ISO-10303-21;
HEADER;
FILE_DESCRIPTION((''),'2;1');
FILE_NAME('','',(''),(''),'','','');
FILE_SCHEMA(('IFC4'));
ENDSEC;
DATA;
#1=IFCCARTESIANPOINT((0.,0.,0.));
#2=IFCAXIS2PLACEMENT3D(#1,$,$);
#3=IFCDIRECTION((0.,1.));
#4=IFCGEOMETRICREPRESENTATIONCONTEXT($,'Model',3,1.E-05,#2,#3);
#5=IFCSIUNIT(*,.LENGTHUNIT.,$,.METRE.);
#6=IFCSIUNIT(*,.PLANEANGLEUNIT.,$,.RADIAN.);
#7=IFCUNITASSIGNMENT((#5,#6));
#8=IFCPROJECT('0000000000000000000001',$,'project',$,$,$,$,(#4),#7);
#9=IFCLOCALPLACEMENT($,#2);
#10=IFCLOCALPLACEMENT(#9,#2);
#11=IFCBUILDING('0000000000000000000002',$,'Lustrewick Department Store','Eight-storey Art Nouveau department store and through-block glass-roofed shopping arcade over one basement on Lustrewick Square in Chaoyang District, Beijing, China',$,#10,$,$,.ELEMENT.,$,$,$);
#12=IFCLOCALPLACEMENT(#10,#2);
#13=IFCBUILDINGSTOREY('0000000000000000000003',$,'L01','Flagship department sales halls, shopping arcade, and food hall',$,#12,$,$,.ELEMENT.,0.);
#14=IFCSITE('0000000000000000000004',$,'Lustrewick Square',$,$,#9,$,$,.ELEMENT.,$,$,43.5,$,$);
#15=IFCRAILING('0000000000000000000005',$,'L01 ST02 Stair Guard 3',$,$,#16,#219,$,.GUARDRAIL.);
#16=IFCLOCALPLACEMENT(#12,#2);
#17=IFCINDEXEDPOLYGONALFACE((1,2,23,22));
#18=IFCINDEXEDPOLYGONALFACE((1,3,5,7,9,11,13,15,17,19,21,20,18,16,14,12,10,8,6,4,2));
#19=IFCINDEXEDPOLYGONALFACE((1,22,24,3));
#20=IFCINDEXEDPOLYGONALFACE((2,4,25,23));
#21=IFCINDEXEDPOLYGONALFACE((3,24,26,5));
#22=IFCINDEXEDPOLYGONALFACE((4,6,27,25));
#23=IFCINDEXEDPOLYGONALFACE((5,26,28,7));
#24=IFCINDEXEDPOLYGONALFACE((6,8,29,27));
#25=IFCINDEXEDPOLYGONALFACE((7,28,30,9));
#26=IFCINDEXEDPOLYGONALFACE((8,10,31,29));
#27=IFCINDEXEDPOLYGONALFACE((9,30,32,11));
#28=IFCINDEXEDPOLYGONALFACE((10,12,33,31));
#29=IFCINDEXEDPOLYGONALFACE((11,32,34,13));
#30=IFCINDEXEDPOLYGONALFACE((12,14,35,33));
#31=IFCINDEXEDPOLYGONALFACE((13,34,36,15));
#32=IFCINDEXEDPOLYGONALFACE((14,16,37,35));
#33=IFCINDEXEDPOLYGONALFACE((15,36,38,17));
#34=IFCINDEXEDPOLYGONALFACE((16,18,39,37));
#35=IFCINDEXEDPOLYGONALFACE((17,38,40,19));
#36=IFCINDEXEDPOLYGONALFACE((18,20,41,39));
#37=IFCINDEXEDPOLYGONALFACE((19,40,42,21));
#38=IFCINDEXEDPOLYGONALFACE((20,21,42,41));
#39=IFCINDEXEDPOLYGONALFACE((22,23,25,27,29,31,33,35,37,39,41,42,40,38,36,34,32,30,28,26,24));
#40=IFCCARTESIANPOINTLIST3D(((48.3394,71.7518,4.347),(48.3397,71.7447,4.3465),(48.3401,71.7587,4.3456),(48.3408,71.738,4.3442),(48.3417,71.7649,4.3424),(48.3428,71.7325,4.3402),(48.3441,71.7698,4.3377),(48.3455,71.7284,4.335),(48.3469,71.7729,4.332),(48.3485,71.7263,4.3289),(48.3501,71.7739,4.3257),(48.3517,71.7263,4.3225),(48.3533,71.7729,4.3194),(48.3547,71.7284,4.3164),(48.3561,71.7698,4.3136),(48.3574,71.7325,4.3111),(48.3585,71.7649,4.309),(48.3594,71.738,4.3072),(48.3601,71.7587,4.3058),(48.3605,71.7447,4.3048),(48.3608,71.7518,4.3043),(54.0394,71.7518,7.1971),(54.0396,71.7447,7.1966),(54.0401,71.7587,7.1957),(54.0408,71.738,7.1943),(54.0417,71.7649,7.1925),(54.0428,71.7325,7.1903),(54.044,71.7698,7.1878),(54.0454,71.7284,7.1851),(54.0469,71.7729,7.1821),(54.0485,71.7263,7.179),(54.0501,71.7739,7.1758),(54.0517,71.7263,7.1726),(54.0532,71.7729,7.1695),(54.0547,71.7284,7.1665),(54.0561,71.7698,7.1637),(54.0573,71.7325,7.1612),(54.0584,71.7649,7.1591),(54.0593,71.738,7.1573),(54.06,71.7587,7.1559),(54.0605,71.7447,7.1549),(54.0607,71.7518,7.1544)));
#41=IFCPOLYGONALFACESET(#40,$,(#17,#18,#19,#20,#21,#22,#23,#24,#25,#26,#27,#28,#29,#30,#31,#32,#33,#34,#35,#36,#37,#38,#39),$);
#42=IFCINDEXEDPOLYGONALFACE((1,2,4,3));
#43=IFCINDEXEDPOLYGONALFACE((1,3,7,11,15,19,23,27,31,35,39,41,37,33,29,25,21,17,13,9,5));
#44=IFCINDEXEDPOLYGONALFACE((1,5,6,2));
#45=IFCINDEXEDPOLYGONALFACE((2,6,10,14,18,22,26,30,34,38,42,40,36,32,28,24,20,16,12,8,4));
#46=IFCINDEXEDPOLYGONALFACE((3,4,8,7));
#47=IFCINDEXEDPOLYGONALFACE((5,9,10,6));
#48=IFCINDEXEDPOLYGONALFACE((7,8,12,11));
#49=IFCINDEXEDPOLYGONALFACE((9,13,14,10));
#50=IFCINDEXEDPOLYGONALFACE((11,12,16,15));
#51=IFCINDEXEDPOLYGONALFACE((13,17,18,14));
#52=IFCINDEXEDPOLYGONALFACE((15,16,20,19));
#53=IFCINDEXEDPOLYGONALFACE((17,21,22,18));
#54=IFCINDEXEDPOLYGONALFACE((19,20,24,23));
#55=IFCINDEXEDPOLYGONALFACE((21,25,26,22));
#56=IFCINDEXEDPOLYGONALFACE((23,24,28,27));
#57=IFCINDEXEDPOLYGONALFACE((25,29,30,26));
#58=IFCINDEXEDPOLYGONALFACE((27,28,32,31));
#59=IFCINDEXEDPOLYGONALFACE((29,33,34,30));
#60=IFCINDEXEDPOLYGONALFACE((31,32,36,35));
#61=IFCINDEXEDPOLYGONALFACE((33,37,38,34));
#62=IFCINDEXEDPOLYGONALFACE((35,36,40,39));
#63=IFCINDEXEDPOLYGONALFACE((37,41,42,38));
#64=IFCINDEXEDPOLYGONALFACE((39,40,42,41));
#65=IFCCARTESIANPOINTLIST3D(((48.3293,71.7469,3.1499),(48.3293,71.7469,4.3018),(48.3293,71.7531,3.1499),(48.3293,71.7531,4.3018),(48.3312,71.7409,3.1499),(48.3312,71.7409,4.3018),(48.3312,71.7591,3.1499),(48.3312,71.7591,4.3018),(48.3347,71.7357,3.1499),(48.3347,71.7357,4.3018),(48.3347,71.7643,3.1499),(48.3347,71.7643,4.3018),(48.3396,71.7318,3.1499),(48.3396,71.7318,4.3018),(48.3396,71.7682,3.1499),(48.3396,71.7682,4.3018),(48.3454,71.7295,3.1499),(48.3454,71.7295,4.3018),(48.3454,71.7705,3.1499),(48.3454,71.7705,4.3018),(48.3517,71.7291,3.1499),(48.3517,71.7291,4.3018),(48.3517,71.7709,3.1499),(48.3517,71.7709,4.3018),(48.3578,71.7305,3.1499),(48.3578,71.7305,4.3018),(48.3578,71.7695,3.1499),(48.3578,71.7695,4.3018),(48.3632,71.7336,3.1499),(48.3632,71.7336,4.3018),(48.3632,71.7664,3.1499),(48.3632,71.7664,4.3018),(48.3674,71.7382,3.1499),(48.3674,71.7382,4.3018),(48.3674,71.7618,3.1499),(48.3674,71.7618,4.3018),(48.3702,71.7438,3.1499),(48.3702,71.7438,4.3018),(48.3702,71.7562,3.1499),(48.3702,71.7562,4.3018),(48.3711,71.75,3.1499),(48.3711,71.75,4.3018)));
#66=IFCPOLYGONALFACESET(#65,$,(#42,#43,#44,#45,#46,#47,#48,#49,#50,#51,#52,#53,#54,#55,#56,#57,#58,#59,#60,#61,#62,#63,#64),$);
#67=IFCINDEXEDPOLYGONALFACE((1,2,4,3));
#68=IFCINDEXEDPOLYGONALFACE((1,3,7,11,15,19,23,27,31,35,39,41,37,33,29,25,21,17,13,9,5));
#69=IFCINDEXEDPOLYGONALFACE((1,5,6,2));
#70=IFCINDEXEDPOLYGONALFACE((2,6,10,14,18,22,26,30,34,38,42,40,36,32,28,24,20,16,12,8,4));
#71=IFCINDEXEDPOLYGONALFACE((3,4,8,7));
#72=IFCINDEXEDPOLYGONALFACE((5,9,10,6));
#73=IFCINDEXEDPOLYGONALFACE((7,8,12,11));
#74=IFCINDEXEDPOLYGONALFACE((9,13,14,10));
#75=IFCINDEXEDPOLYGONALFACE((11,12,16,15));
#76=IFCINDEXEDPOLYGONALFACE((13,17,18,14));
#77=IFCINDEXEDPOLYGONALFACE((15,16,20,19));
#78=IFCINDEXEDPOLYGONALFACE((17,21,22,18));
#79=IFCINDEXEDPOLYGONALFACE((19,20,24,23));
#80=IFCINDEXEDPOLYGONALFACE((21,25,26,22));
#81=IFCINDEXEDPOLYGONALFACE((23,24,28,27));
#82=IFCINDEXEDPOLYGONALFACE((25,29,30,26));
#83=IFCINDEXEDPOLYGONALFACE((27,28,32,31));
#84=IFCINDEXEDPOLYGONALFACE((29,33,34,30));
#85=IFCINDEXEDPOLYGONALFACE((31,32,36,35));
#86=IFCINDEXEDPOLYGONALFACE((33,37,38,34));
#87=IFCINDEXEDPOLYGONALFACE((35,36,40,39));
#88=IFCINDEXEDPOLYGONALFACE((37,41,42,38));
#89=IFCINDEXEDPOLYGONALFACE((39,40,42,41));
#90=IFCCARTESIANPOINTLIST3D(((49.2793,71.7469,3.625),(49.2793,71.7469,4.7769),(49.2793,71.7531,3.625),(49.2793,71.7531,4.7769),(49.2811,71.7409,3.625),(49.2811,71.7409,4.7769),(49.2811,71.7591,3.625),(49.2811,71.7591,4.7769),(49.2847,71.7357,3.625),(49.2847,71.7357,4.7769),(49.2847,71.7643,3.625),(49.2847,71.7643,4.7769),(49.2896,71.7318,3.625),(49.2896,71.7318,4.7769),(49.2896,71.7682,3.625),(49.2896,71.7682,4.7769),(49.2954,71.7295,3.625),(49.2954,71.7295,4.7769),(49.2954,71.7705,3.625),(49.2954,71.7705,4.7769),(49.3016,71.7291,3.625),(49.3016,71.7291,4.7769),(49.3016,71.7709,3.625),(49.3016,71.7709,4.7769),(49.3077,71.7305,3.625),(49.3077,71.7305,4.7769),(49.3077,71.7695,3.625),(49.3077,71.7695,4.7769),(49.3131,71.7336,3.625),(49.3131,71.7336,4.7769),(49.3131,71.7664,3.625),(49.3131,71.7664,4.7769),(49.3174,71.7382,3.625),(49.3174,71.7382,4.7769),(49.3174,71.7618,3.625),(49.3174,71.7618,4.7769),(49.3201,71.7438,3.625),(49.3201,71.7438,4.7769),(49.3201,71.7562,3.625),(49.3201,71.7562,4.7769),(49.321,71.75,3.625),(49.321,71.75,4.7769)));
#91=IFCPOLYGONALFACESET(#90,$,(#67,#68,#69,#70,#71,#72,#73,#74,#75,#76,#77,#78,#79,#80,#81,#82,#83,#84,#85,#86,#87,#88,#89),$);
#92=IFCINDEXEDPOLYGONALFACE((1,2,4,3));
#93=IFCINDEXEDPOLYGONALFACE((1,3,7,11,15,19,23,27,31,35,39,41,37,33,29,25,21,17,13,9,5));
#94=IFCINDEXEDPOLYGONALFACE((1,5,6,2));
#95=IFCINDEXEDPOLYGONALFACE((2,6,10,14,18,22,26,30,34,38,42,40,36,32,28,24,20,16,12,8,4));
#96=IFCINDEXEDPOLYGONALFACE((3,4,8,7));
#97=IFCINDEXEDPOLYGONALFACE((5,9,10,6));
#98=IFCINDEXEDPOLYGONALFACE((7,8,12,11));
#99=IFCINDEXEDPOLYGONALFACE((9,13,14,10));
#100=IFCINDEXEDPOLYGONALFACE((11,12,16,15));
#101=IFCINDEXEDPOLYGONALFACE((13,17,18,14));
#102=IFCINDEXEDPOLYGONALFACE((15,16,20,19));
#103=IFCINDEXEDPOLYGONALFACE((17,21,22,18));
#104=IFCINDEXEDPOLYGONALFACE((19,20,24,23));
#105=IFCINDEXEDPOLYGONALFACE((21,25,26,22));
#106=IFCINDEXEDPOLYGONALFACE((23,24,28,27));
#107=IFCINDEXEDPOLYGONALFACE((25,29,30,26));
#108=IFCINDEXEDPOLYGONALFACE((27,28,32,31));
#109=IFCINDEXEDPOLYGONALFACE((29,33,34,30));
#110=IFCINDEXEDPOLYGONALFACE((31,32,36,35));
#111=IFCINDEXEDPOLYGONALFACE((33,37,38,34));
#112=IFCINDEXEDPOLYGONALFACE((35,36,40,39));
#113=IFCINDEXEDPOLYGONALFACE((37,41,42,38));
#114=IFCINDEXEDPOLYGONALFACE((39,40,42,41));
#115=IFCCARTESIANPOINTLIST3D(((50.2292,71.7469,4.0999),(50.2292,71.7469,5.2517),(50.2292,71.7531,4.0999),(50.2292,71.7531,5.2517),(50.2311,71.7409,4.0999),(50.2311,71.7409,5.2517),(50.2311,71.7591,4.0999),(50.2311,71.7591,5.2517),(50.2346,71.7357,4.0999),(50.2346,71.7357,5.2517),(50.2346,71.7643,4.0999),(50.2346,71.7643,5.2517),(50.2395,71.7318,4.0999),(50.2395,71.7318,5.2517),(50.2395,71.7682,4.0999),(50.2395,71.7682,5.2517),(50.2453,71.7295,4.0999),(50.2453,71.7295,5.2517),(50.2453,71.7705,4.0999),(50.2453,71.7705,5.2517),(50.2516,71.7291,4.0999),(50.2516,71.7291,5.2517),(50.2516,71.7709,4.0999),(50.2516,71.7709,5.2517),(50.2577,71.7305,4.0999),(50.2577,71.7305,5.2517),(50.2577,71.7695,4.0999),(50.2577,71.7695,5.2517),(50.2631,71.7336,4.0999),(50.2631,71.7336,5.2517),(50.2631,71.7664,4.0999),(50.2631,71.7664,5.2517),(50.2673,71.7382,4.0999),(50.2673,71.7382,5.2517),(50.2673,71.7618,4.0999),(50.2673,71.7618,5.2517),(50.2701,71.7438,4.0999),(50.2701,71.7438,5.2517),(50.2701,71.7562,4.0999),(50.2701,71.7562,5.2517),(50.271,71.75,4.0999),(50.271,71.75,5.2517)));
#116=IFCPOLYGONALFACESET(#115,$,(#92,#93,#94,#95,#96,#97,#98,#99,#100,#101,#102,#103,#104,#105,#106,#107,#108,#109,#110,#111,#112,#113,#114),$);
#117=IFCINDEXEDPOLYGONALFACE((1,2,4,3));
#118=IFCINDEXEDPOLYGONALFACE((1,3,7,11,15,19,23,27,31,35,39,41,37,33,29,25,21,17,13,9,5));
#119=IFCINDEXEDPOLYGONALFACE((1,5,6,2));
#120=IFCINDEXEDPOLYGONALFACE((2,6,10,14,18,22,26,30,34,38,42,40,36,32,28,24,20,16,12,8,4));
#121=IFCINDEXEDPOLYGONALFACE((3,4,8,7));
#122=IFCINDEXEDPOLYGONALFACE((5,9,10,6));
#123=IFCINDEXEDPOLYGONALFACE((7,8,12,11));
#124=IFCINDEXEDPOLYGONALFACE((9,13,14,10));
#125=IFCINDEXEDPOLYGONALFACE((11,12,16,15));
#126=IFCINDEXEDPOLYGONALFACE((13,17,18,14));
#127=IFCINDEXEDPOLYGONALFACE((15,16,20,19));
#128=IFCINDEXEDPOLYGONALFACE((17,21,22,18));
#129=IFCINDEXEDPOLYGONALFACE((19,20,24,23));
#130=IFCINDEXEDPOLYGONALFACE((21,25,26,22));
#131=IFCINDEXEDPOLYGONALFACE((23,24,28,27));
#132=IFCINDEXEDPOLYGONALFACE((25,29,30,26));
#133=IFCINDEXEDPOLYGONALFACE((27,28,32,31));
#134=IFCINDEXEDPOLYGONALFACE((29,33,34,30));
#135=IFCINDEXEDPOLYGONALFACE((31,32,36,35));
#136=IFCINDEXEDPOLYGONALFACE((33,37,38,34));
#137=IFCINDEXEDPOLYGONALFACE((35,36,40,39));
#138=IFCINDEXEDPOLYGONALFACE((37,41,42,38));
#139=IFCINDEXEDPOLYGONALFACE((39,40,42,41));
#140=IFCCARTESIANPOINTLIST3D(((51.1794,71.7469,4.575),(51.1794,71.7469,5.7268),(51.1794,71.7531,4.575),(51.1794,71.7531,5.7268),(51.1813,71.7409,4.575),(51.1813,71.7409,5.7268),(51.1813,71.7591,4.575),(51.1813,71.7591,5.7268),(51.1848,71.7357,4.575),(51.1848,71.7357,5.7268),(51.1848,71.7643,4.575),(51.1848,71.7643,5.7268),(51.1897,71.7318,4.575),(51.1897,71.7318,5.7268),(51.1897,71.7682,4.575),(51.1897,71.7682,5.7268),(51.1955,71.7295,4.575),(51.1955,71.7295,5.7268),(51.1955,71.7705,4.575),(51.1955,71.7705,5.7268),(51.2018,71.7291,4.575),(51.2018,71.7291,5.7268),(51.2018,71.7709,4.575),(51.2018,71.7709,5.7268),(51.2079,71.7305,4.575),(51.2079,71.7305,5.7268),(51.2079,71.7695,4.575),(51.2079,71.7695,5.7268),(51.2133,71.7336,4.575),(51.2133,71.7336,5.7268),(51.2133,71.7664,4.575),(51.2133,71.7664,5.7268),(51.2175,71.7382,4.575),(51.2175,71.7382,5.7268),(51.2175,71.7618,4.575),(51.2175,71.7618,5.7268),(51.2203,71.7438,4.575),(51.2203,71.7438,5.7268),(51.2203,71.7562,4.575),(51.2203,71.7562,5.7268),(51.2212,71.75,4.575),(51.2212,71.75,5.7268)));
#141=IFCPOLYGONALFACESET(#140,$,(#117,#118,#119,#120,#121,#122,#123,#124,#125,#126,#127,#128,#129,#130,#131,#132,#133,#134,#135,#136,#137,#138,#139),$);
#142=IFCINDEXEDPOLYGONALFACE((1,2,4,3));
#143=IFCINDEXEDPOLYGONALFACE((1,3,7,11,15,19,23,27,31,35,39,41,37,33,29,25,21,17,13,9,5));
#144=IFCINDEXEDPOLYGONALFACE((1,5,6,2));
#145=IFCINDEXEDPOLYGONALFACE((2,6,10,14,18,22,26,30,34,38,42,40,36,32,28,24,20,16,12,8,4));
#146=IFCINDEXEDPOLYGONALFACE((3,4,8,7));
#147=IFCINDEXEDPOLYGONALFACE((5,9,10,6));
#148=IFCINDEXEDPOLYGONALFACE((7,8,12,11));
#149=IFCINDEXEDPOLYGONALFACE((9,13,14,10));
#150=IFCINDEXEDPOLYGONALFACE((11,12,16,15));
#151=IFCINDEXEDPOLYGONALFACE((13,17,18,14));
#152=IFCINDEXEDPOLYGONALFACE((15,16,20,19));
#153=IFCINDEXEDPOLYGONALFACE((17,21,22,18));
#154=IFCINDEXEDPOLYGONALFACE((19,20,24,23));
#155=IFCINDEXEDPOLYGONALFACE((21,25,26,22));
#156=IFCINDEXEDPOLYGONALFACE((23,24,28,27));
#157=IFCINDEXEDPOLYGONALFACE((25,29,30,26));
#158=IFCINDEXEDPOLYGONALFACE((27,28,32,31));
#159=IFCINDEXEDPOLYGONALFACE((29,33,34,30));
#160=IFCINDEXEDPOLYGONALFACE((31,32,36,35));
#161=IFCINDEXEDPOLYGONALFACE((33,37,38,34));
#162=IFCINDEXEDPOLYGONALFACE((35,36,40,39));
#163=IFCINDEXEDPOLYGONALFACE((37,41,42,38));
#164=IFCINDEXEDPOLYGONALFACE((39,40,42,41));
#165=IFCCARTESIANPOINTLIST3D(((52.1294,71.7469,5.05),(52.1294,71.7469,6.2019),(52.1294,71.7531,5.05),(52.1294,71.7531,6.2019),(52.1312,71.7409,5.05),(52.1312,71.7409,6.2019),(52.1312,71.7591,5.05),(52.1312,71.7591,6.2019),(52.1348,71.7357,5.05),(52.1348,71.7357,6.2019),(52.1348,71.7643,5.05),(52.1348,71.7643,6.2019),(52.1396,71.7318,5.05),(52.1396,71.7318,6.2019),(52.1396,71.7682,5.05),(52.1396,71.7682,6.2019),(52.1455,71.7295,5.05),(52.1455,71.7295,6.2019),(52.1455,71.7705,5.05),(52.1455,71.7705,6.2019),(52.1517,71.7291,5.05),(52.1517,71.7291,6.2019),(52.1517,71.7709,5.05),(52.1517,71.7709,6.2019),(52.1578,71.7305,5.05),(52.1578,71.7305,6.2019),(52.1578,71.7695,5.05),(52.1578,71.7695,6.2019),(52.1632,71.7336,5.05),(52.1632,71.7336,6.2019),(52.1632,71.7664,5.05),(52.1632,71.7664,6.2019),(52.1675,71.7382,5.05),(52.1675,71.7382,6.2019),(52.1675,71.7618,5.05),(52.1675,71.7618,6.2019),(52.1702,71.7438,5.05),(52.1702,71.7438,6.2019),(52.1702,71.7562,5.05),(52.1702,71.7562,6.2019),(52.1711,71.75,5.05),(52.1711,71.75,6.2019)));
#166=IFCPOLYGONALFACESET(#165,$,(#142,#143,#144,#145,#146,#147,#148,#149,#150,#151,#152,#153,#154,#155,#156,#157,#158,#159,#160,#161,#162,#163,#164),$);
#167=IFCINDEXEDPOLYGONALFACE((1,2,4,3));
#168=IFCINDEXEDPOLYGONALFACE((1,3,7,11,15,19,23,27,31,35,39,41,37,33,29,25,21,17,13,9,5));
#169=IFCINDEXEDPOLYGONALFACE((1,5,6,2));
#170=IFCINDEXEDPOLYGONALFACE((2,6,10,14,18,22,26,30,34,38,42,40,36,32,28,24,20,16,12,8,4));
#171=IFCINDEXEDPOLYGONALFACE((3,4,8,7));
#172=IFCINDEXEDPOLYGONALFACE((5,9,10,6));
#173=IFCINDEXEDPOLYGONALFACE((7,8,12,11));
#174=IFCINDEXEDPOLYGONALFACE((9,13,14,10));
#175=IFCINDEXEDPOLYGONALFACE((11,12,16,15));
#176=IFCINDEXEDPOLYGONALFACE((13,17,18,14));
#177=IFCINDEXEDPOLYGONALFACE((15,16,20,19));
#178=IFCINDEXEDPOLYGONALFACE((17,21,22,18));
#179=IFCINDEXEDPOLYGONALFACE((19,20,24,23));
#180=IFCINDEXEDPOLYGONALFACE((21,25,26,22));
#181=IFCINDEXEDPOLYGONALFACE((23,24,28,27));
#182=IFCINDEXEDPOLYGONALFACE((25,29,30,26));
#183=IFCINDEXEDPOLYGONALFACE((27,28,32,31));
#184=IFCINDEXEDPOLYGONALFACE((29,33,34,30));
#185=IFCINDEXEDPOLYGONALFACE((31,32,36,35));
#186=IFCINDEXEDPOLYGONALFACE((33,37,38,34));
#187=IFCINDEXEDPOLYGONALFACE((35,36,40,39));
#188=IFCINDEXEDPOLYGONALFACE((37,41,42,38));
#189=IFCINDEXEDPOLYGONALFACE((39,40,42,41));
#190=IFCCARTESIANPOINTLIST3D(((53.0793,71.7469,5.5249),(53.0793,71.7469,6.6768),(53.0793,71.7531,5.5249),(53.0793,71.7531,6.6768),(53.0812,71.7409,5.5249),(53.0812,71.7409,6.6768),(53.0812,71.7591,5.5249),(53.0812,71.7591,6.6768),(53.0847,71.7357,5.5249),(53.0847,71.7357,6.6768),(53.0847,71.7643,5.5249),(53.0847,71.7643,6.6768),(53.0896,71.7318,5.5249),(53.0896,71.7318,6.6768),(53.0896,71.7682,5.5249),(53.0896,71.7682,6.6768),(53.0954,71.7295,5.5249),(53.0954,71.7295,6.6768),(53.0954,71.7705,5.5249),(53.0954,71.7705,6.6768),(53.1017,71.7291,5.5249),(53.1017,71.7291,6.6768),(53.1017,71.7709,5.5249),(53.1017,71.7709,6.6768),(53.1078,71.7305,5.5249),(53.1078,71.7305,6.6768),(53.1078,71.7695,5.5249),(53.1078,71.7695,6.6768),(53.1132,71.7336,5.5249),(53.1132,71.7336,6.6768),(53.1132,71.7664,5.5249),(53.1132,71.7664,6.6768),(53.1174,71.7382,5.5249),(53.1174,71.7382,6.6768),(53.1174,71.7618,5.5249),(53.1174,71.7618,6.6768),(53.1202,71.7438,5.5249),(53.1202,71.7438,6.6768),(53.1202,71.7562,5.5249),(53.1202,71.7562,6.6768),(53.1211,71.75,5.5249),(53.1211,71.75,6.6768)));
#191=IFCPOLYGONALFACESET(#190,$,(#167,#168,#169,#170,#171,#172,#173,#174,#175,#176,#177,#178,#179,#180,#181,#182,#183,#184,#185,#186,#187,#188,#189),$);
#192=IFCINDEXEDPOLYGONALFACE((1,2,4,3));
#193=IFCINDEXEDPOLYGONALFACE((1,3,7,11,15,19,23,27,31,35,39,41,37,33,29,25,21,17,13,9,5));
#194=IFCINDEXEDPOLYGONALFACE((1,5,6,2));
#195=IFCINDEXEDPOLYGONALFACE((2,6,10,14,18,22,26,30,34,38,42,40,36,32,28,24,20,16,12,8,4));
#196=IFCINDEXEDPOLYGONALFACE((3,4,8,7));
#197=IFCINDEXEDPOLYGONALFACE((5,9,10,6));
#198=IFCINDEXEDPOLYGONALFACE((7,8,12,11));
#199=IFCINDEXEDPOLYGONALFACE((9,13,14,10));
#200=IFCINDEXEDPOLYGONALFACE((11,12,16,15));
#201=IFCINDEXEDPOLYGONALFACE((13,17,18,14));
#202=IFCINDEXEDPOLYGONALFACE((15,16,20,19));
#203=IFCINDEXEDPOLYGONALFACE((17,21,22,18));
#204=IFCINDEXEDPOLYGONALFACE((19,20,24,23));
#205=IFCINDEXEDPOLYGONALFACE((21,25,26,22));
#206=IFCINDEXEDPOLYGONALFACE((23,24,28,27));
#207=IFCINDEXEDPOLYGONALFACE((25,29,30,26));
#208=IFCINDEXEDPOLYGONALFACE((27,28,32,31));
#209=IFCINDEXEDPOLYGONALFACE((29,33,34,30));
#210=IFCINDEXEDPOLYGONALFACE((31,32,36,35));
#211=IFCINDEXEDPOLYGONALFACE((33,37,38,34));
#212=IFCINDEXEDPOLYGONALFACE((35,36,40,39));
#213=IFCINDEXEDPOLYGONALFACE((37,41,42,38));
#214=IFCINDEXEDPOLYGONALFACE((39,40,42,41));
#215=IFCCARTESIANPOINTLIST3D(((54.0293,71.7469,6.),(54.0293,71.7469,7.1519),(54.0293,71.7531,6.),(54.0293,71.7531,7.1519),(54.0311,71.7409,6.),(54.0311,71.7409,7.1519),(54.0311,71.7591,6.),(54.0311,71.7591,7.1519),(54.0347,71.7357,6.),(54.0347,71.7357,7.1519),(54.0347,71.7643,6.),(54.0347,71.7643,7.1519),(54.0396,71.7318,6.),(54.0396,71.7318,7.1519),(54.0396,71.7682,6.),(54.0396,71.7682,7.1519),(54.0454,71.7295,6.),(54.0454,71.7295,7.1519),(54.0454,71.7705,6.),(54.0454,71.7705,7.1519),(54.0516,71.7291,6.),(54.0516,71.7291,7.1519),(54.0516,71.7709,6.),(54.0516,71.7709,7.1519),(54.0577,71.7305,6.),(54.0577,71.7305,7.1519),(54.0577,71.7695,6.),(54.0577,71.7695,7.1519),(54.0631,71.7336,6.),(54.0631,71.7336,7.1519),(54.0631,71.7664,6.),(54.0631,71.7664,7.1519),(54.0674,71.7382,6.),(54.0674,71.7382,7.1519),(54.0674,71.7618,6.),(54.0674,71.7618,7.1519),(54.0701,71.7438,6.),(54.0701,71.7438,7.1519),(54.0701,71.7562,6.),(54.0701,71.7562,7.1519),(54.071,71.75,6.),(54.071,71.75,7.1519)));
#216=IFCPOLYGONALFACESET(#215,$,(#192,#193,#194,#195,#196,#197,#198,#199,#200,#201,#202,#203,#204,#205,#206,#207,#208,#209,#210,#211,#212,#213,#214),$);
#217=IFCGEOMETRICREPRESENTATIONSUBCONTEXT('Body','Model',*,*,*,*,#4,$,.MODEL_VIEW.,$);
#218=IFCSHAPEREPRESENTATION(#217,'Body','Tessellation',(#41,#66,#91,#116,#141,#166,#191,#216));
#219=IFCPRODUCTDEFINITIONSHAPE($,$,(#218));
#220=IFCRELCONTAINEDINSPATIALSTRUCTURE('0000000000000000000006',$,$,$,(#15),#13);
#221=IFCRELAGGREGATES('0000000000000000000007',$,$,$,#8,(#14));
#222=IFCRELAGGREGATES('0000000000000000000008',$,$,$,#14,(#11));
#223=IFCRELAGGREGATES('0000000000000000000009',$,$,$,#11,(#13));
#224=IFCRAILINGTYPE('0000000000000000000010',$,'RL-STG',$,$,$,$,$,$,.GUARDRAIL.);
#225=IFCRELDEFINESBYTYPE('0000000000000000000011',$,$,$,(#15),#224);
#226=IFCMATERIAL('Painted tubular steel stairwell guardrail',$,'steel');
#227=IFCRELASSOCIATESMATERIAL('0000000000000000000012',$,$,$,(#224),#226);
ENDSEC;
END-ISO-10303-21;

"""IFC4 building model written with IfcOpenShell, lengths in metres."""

from ifc_helpers import new_model, si_unit, direction, frame, origin, origin_2d, place, context, subcontext, project, spatial, circle, extrude, material, type_object, element, save


model = new_model("IFC4")

# Units and contexts
model_context = context("Model", 3, precision=1e-05, world=origin(), true_north=direction((0.0, 1.0)))
body_context = subcontext(model_context, "Body", "Model", "MODEL_VIEW")
ifc_project = project(units=[si_unit("LENGTHUNIT", "METRE"), si_unit("PLANEANGLEUNIT", "RADIAN")], contexts=[model_context])

# Site, building, storey
site_placement = place(None, origin())
site = spatial("IfcSite", under=ifc_project, at=site_placement, Name="Lustrewick Square", CompositionType="ELEMENT", RefElevation=43.5)
building_placement = place(site_placement, origin())
building = spatial("IfcBuilding", under=site, at=building_placement, Name="Lustrewick Department Store", Description="Eight-storey Art Nouveau department store and through-block glass-roofed shopping arcade over one basement on Lustrewick Square in Chaoyang District, Beijing, China", CompositionType="ELEMENT")
storey_placement = place(building_placement, origin())
storey = spatial("IfcBuildingStorey", under=building, at=storey_placement, Name="L01", Description="Flagship department sales halls, shopping arcade, and food hall", CompositionType="ELEMENT", Elevation=0.0)

# Railing
ifc_material_1 = material(Name="Painted tubular steel stairwell guardrail", Category="steel")
railing_type_1 = type_object("IfcRailingType", Name="RL-STG", PredefinedType="GUARDRAIL", material=ifc_material_1)
railing_1_placement = place(storey_placement, frame((48.3501, 71.75, 3.1499)))
element("IfcRailing", 1, at=railing_1_placement, inside=storey, type_object=railing_type_1, Name="L01 ST02 Stair Guard 3", PredefinedType="GUARDRAIL", context=body_context, shape_type="SweptSolid", body=[
    extrude(circle(Radius=0.0239, at=origin_2d()), frame((0.0, 0.0, 1.1758), z_axis=(0.89442, 0.0, 0.447229), x_axis=(0.0, 1.0, 0.0)), (0.0, 0.0, 1.0), 6.3728),
    extrude(circle(Radius=0.021, at=origin_2d()), origin(), (0.0, 0.0, 1.0), 1.1519),
    extrude(circle(Radius=0.021, at=origin_2d()), frame((0.95, 0.0, 0.4751)), (0.0, 0.0, 1.0), 1.1519),
    extrude(circle(Radius=0.021, at=origin_2d()), frame((1.8999, 0.0, 0.95)), (0.0, 0.0, 1.0), 1.1519),
    extrude(circle(Radius=0.021, at=origin_2d()), frame((2.8501, 0.0, 1.425)), (0.0, 0.0, 1.0), 1.1519),
    extrude(circle(Radius=0.021, at=origin_2d()), frame((3.8, 0.0, 1.9001)), (0.0, 0.0, 1.0), 1.1519),
    extrude(circle(Radius=0.021, at=origin_2d()), frame((4.75, 0.0, 2.375)), (0.0, 0.0, 1.0), 1.1519),
    extrude(circle(Radius=0.021, at=origin_2d()), frame((5.7, 0.0, 2.8501)), (0.0, 0.0, 1.0), 1.1519),
])

save(model, "model.ifc")
